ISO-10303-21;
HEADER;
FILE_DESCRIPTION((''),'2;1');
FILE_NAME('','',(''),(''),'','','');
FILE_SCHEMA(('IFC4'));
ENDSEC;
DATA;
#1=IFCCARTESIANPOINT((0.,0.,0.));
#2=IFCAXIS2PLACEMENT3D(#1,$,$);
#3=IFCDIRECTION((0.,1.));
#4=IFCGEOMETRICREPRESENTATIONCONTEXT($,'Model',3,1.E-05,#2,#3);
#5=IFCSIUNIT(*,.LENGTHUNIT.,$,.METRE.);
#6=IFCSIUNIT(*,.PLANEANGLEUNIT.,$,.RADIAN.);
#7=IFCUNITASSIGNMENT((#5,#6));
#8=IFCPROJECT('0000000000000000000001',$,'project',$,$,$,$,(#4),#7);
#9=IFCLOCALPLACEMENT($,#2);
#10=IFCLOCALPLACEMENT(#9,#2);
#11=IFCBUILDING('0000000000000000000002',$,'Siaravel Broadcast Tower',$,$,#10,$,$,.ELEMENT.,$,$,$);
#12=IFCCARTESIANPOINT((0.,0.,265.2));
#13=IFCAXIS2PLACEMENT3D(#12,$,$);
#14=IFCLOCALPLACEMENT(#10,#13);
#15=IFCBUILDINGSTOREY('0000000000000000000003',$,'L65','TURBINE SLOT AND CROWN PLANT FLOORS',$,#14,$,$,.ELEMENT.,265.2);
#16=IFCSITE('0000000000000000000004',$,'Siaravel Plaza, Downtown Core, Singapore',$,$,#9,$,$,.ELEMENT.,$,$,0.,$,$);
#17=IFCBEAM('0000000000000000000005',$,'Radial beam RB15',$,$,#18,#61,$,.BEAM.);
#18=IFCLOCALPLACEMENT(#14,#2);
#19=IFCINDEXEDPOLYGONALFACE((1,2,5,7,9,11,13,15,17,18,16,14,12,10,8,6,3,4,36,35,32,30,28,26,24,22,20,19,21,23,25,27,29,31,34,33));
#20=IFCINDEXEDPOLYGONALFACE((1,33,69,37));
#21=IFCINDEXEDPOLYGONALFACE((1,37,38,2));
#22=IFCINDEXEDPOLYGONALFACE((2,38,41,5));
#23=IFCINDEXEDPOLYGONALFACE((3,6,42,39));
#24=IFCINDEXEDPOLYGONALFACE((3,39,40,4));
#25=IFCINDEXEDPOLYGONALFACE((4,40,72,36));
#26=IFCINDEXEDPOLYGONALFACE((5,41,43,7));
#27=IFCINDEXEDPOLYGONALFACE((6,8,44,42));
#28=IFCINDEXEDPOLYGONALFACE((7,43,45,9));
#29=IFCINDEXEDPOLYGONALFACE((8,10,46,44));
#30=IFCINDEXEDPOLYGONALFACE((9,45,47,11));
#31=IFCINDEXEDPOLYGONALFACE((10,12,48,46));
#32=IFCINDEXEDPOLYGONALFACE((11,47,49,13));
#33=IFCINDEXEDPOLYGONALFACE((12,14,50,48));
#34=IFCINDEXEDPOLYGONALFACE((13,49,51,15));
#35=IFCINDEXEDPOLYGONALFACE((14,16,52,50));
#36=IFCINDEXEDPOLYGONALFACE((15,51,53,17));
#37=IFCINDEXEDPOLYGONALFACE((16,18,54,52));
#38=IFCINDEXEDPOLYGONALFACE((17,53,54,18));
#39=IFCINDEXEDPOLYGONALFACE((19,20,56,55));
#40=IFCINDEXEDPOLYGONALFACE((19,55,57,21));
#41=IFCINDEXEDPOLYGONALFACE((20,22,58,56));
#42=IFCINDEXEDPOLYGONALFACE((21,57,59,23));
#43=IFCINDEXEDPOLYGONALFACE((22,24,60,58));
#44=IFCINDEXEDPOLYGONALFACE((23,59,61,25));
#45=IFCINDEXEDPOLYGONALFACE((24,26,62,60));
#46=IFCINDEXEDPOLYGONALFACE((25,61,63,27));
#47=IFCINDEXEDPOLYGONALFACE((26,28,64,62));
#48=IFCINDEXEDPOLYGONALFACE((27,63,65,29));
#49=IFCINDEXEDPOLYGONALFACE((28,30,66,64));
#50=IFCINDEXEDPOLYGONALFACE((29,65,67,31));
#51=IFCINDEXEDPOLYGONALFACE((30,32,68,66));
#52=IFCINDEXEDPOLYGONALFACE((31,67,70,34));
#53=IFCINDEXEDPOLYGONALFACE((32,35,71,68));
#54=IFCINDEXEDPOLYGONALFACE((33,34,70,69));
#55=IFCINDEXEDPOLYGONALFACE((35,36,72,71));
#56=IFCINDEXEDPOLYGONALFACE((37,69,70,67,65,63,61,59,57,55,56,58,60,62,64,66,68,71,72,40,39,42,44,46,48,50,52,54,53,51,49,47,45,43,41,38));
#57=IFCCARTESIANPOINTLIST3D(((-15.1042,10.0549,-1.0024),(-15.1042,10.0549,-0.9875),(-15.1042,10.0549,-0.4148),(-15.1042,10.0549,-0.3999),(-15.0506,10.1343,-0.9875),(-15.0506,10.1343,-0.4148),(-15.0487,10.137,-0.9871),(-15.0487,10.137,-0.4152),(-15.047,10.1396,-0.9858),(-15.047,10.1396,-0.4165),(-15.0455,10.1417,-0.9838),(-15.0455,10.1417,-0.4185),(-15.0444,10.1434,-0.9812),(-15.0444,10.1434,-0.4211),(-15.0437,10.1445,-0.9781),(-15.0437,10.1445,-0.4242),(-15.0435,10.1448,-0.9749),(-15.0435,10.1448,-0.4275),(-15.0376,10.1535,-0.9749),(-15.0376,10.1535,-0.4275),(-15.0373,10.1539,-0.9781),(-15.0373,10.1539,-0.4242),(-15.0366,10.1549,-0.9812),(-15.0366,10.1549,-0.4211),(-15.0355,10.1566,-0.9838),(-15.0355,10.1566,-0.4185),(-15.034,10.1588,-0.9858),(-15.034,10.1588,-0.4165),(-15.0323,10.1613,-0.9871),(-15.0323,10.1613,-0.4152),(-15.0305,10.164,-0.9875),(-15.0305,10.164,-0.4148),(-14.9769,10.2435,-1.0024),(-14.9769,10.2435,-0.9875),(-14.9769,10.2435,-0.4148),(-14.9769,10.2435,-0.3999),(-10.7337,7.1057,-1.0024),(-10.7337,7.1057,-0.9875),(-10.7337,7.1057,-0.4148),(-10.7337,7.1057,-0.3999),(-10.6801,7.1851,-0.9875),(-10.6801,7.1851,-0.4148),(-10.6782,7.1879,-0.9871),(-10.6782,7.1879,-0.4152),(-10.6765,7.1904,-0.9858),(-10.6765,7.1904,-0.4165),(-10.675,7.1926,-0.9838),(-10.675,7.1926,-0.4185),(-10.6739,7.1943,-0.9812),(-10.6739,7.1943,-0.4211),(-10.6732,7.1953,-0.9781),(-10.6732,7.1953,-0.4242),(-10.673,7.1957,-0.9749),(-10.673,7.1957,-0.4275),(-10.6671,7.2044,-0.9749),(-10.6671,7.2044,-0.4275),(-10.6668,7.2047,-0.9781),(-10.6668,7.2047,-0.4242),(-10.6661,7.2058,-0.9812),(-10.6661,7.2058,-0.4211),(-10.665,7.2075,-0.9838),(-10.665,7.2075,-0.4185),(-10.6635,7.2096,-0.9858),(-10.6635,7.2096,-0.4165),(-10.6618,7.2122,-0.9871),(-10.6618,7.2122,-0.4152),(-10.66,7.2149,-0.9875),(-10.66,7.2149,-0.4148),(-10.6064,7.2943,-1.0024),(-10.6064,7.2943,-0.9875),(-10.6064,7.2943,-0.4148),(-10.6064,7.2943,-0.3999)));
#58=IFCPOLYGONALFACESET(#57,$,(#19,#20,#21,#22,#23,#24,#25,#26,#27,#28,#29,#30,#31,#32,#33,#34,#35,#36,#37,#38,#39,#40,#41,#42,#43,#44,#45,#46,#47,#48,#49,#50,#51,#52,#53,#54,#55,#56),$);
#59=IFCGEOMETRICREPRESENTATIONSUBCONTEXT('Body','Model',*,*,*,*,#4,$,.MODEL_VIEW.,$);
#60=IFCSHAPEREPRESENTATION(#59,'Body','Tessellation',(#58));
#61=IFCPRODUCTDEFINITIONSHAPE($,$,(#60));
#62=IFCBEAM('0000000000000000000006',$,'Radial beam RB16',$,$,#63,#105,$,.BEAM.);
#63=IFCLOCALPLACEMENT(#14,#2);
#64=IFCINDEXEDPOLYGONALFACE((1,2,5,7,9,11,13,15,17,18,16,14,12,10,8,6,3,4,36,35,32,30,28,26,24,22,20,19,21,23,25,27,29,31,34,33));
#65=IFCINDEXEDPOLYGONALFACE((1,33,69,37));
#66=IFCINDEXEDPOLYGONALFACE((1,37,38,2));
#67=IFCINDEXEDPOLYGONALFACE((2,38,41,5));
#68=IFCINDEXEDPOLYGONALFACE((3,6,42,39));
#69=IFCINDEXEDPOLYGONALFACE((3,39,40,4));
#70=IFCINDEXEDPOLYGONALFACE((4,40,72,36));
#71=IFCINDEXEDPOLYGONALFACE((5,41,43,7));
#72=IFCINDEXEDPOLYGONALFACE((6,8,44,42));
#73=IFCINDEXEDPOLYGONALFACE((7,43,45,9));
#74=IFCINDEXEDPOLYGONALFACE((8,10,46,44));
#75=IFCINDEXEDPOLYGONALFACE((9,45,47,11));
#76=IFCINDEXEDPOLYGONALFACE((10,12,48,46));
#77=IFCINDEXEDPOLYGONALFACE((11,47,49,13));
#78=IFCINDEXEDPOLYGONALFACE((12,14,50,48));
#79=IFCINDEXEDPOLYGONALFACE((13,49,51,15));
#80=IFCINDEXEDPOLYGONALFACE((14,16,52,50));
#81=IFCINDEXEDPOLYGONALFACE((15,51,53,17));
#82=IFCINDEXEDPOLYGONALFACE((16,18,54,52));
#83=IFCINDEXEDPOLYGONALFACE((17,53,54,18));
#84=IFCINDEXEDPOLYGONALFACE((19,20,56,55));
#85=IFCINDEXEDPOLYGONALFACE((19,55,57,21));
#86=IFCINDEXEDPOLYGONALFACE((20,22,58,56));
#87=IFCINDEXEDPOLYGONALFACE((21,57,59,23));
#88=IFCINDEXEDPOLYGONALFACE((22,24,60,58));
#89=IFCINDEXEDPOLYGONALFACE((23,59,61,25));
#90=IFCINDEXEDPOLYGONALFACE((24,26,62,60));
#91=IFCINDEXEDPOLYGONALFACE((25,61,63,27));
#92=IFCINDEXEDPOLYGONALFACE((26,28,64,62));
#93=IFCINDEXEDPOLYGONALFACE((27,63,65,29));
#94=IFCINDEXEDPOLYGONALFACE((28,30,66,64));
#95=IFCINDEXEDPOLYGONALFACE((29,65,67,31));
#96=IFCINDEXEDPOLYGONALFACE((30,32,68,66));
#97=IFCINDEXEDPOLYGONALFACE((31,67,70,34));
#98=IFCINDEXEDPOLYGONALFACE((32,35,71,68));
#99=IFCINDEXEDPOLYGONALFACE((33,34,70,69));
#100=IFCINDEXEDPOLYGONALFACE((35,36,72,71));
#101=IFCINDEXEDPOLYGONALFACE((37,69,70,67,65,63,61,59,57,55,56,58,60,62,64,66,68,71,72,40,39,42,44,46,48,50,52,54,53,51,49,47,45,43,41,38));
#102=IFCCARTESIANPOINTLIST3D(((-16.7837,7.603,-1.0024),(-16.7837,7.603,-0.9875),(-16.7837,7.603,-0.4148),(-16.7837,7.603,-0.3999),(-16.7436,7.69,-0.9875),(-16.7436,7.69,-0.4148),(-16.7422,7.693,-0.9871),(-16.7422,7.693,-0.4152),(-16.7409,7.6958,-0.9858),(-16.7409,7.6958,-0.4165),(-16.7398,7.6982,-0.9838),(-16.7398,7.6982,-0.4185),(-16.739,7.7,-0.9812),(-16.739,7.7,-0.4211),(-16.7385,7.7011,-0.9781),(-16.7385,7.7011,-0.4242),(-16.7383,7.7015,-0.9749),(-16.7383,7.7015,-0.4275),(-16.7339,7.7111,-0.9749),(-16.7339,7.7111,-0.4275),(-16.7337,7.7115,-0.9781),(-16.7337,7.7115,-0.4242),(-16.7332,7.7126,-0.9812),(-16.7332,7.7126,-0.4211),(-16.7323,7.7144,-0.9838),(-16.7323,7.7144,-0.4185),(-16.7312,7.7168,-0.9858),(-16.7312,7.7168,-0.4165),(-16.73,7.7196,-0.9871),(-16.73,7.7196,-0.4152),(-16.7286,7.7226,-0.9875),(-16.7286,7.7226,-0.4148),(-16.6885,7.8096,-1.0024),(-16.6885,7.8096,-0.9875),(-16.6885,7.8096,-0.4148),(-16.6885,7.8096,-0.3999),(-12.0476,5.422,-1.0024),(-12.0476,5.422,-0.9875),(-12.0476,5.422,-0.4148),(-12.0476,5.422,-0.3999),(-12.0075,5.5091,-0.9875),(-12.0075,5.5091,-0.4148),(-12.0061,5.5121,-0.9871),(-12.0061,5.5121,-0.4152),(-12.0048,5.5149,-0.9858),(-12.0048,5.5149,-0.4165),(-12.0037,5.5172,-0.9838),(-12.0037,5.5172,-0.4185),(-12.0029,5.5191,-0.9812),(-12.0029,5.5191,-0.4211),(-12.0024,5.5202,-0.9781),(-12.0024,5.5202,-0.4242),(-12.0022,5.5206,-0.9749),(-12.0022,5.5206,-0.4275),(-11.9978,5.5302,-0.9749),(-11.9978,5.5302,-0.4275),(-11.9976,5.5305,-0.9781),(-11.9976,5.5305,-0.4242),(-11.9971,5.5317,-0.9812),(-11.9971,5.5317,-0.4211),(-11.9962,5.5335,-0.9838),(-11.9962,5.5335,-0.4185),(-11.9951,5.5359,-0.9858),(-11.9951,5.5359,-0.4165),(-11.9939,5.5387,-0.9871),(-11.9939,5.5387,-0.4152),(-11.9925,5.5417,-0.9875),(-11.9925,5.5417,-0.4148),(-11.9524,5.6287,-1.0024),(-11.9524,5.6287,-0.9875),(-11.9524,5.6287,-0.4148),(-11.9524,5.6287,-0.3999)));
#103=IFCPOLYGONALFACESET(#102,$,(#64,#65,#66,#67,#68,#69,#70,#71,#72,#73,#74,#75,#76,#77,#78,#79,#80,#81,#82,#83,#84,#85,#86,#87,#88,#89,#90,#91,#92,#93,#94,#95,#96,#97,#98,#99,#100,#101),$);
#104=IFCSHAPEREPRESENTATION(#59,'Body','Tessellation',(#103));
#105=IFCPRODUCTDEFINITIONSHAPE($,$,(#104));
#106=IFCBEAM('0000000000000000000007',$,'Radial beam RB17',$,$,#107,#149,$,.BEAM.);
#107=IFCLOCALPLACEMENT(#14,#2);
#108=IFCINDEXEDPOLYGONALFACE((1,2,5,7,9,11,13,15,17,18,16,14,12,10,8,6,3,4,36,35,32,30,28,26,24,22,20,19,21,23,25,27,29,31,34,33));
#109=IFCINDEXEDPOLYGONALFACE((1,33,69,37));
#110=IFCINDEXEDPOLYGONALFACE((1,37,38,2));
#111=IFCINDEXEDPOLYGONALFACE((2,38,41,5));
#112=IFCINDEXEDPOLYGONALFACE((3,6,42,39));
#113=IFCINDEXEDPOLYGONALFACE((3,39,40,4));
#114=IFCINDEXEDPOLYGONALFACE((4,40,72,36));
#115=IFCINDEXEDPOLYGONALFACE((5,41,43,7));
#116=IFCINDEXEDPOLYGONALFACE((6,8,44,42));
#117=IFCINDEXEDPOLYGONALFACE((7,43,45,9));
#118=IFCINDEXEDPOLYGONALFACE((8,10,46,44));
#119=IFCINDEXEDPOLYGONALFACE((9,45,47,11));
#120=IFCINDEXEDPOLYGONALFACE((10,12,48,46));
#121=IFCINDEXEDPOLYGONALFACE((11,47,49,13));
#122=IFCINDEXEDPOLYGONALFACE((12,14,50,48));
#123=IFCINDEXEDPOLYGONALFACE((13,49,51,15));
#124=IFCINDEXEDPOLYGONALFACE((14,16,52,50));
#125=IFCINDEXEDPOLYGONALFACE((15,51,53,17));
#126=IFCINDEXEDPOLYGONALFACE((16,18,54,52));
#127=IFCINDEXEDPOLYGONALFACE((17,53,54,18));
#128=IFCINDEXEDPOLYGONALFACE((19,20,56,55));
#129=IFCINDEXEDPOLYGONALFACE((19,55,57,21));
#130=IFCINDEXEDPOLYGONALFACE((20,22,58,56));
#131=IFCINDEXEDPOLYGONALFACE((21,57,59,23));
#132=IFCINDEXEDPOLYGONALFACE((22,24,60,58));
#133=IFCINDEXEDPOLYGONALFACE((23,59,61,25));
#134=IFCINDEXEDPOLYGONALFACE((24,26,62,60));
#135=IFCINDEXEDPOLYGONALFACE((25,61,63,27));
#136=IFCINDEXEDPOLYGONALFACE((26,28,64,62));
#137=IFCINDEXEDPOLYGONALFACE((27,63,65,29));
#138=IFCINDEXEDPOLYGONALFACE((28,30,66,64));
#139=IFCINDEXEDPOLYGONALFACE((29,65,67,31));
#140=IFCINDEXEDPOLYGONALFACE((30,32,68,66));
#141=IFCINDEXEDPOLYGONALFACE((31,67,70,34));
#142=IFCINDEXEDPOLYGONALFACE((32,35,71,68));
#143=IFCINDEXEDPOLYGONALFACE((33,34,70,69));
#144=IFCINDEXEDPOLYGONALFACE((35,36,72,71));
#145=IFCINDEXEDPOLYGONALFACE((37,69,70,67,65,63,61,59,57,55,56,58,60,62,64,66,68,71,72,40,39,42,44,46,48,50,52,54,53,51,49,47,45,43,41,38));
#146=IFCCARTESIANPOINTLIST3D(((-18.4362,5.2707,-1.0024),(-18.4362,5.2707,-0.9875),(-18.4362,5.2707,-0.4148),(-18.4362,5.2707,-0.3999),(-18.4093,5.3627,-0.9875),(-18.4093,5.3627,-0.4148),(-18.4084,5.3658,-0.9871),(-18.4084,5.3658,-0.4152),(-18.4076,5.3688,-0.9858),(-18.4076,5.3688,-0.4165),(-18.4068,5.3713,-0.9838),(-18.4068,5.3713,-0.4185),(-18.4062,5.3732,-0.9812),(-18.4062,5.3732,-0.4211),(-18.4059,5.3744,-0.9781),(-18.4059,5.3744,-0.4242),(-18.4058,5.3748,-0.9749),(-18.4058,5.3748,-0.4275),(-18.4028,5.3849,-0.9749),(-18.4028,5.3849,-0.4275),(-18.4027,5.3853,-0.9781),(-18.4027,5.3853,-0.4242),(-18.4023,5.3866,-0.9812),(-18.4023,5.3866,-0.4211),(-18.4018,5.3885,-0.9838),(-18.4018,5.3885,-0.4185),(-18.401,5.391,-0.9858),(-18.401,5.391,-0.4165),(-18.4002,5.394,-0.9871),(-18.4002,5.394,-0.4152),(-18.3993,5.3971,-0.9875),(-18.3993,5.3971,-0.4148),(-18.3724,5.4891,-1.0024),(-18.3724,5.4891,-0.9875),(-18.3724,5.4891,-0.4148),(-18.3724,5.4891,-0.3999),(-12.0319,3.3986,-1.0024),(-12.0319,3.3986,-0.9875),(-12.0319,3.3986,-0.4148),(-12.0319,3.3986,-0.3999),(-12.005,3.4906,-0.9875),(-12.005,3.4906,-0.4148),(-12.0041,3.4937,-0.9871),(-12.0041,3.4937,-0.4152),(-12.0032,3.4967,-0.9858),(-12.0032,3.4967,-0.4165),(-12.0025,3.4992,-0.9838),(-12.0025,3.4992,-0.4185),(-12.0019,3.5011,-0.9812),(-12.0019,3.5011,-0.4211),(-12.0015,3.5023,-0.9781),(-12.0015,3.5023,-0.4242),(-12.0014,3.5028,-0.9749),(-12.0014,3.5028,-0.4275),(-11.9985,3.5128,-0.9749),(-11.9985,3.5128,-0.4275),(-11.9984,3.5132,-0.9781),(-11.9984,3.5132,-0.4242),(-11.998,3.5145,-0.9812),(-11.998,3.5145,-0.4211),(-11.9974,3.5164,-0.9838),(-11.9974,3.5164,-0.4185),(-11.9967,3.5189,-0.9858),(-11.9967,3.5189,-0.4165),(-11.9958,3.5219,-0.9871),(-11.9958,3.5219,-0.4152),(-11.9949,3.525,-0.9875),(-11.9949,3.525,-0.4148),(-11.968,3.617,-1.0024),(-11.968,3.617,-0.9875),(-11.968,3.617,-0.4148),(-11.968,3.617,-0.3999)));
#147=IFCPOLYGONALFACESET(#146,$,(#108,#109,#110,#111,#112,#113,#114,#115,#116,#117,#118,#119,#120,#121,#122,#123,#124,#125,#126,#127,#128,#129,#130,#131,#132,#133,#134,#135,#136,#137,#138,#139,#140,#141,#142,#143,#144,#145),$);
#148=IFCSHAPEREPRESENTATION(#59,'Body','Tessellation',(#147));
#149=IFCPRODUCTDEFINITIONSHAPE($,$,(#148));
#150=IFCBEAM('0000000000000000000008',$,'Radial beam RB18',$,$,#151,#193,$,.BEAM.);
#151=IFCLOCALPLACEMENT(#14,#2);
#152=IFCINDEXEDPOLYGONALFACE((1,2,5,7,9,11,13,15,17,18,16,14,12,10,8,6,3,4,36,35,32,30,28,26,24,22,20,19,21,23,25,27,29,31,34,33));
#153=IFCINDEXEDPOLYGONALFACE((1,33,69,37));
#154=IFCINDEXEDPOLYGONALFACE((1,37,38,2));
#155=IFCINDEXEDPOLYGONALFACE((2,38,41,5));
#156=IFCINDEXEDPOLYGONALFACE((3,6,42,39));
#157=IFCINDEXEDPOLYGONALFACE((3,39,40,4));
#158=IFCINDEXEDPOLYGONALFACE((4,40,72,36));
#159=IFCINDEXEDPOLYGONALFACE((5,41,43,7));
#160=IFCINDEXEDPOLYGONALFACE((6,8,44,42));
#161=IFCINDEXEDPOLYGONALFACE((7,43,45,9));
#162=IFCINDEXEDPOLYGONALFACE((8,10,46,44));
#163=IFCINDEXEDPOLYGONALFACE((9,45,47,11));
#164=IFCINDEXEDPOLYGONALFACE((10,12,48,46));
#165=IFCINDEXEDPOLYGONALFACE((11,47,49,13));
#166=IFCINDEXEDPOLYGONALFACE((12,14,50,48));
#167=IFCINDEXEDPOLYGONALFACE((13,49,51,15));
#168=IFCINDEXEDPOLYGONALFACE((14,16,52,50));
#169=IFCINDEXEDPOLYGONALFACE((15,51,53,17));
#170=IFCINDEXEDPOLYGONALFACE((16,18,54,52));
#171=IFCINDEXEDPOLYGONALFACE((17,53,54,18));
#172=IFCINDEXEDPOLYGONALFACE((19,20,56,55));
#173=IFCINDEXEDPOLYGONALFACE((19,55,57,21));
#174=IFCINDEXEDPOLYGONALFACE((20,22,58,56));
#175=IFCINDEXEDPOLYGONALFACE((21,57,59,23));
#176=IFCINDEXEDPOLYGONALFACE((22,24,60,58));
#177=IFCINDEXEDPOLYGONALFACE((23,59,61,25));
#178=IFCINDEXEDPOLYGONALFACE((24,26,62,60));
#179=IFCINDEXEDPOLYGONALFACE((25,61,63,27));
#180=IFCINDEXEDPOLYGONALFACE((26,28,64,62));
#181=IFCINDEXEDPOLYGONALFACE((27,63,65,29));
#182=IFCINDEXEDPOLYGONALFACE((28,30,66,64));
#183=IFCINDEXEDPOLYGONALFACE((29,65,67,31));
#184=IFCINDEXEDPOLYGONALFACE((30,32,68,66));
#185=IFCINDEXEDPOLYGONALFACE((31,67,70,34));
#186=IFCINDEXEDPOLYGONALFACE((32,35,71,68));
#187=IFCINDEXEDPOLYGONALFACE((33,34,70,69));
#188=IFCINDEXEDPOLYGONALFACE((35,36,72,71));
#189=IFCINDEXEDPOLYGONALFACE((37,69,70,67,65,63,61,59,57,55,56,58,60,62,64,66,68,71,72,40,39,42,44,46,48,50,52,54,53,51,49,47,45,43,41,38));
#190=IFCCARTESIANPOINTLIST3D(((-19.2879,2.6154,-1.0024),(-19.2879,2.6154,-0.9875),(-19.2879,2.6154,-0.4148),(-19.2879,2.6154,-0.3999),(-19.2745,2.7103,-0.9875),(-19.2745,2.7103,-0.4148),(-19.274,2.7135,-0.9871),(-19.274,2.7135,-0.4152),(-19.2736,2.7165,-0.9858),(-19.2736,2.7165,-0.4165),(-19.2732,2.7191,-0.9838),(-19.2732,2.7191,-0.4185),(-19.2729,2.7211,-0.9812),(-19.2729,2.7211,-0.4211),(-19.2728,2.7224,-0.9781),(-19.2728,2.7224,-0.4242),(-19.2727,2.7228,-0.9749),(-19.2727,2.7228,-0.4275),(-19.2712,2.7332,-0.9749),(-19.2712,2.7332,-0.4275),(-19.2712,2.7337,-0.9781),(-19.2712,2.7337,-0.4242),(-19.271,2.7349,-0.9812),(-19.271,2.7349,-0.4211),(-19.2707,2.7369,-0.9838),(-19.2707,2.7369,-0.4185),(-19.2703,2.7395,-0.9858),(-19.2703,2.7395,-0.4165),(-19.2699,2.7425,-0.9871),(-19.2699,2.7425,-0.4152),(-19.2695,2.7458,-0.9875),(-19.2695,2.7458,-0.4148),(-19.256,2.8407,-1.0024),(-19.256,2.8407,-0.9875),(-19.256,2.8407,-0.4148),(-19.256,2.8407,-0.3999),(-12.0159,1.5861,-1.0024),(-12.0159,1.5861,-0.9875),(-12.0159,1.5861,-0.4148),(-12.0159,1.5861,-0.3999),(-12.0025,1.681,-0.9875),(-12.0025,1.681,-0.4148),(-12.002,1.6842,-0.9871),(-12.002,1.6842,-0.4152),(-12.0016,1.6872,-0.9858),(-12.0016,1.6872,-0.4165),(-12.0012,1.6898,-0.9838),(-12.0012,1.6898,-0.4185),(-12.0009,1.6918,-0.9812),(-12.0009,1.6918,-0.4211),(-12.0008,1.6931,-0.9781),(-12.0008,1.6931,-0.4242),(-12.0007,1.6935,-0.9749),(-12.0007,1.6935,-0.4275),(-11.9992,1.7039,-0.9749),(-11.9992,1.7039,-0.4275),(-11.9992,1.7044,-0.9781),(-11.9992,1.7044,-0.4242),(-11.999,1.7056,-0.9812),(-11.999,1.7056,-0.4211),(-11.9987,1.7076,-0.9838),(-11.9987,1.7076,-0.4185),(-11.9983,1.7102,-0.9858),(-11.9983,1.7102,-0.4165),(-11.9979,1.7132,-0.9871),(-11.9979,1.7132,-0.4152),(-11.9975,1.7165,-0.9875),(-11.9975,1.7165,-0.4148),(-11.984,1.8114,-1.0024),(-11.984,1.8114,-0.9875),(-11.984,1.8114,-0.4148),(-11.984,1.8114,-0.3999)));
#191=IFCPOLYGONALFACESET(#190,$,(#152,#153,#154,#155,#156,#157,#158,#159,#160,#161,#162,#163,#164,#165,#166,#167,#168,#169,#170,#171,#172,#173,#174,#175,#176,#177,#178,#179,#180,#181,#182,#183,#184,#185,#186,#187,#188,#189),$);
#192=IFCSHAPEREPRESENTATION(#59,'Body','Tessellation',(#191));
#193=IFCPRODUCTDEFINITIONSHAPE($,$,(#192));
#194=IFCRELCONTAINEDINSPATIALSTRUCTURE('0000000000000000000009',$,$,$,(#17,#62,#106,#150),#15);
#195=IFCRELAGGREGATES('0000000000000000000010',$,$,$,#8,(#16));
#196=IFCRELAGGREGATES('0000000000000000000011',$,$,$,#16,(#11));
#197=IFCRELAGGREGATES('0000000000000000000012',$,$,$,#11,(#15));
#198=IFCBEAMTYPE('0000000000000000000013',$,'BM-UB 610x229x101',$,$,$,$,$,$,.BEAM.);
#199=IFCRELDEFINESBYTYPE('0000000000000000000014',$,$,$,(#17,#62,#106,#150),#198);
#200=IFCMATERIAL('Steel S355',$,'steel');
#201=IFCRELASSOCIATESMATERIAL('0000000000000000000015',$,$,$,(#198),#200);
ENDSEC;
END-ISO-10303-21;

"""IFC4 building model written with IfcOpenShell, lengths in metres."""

from ifc_helpers import new_model, si_unit, direction, frame, origin, origin_2d, place, context, subcontext, project, spatial, i_section, extrude, material, material_profile, profile_set, type_object, element, save


model = new_model("IFC4")

# Units and contexts
model_context = context("Model", 3, precision=1e-05, world=origin(), true_north=direction((0.0, 1.0)))
body_context = subcontext(model_context, "Body", "Model", "MODEL_VIEW")
ifc_project = project(units=[si_unit("LENGTHUNIT", "METRE"), si_unit("PLANEANGLEUNIT", "RADIAN")], contexts=[model_context])

# Site, building, storey
site_placement = place(None, origin())
site = spatial("IfcSite", under=ifc_project, at=site_placement, Name="Siaravel Plaza, Downtown Core, Singapore", CompositionType="ELEMENT", RefElevation=0.0)
building_placement = place(site_placement, origin())
building = spatial("IfcBuilding", under=site, at=building_placement, Name="Siaravel Broadcast Tower", CompositionType="ELEMENT")
storey_placement = place(building_placement, frame((0.0, 0.0, 265.2)))
storey = spatial("IfcBuildingStorey", under=building, at=storey_placement, Name="L65", Description="TURBINE SLOT AND CROWN PLANT FLOORS", CompositionType="ELEMENT", Elevation=265.2)

# Beams
ifc_material_1 = material(Name="Steel S355", Category="steel")
ifc_material_profile_1 = material_profile(ifc_material_1, i_section(OverallWidth=0.2275, OverallDepth=0.6025, WebThickness=0.0105, FlangeThickness=0.0149, FilletRadius=0.0127, at=origin_2d()))
ifc_profile_set_1 = profile_set([ifc_material_profile_1], Name="Steel S355")
beam_type_1 = type_object("IfcBeamType", Name="BM-UB 610x229x101", PredefinedType="BEAM", material=ifc_profile_set_1)
beam_1_placement = place(storey_placement, frame((-15.0405, 10.1492, -0.7012), z_axis=(0.828931, -0.55935, 0.0), x_axis=(0.55935, 0.828931, 0.0)))
element("IfcBeam", 1, at=beam_1_placement, inside=storey, type_object=beam_type_1, Name="Radial beam RB15", PredefinedType="BEAM", context=body_context, shape_type="SweptSolid", body=[
    extrude(i_section(OverallWidth=0.2275, OverallDepth=0.6025, WebThickness=0.0105, FlangeThickness=0.0149, FilletRadius=0.0127, at=origin_2d()), origin(), (0.0, 0.0, 1.0), 5.2725),
])
beam_2_placement = place(storey_placement, frame((-16.7361, 7.7063, -0.7012), z_axis=(0.908322, -0.418271, 0.0), x_axis=(0.418271, 0.908322, 0.0)))
element("IfcBeam", 2, at=beam_2_placement, inside=storey, type_object=beam_type_1, Name="Radial beam RB16", PredefinedType="BEAM", context=body_context, shape_type="SweptSolid", body=[
    extrude(i_section(OverallWidth=0.2275, OverallDepth=0.6025, WebThickness=0.0105, FlangeThickness=0.0149, FilletRadius=0.0127, at=origin_2d()), origin(), (0.0, 0.0, 1.0), 5.2141),
])
beam_3_placement = place(storey_placement, frame((-18.4043, 5.3799, -0.7012), z_axis=(0.959833, -0.280573, 0.0), x_axis=(0.280573, 0.959833, 0.0)))
element("IfcBeam", 3, at=beam_3_placement, inside=storey, type_object=beam_type_1, Name="Radial beam RB17", PredefinedType="BEAM", context=body_context, shape_type="SweptSolid", body=[
    extrude(i_section(OverallWidth=0.2275, OverallDepth=0.6025, WebThickness=0.0105, FlangeThickness=0.0149, FilletRadius=0.0127, at=origin_2d()), origin(), (0.0, 0.0, 1.0), 6.6724),
])
beam_4_placement = place(storey_placement, frame((-19.272, 2.728, -0.7012), z_axis=(0.990131, -0.140146, 0.0), x_axis=(0.140146, 0.990131, 0.0)))
element("IfcBeam", 4, at=beam_4_placement, inside=storey, type_object=beam_type_1, Name="Radial beam RB18", PredefinedType="BEAM", context=body_context, shape_type="SweptSolid", body=[
    extrude(i_section(OverallWidth=0.2275, OverallDepth=0.6025, WebThickness=0.0105, FlangeThickness=0.0149, FilletRadius=0.0127, at=origin_2d()), origin(), (0.0, 0.0, 1.0), 7.3445),
])

save(model, "model.ifc")
